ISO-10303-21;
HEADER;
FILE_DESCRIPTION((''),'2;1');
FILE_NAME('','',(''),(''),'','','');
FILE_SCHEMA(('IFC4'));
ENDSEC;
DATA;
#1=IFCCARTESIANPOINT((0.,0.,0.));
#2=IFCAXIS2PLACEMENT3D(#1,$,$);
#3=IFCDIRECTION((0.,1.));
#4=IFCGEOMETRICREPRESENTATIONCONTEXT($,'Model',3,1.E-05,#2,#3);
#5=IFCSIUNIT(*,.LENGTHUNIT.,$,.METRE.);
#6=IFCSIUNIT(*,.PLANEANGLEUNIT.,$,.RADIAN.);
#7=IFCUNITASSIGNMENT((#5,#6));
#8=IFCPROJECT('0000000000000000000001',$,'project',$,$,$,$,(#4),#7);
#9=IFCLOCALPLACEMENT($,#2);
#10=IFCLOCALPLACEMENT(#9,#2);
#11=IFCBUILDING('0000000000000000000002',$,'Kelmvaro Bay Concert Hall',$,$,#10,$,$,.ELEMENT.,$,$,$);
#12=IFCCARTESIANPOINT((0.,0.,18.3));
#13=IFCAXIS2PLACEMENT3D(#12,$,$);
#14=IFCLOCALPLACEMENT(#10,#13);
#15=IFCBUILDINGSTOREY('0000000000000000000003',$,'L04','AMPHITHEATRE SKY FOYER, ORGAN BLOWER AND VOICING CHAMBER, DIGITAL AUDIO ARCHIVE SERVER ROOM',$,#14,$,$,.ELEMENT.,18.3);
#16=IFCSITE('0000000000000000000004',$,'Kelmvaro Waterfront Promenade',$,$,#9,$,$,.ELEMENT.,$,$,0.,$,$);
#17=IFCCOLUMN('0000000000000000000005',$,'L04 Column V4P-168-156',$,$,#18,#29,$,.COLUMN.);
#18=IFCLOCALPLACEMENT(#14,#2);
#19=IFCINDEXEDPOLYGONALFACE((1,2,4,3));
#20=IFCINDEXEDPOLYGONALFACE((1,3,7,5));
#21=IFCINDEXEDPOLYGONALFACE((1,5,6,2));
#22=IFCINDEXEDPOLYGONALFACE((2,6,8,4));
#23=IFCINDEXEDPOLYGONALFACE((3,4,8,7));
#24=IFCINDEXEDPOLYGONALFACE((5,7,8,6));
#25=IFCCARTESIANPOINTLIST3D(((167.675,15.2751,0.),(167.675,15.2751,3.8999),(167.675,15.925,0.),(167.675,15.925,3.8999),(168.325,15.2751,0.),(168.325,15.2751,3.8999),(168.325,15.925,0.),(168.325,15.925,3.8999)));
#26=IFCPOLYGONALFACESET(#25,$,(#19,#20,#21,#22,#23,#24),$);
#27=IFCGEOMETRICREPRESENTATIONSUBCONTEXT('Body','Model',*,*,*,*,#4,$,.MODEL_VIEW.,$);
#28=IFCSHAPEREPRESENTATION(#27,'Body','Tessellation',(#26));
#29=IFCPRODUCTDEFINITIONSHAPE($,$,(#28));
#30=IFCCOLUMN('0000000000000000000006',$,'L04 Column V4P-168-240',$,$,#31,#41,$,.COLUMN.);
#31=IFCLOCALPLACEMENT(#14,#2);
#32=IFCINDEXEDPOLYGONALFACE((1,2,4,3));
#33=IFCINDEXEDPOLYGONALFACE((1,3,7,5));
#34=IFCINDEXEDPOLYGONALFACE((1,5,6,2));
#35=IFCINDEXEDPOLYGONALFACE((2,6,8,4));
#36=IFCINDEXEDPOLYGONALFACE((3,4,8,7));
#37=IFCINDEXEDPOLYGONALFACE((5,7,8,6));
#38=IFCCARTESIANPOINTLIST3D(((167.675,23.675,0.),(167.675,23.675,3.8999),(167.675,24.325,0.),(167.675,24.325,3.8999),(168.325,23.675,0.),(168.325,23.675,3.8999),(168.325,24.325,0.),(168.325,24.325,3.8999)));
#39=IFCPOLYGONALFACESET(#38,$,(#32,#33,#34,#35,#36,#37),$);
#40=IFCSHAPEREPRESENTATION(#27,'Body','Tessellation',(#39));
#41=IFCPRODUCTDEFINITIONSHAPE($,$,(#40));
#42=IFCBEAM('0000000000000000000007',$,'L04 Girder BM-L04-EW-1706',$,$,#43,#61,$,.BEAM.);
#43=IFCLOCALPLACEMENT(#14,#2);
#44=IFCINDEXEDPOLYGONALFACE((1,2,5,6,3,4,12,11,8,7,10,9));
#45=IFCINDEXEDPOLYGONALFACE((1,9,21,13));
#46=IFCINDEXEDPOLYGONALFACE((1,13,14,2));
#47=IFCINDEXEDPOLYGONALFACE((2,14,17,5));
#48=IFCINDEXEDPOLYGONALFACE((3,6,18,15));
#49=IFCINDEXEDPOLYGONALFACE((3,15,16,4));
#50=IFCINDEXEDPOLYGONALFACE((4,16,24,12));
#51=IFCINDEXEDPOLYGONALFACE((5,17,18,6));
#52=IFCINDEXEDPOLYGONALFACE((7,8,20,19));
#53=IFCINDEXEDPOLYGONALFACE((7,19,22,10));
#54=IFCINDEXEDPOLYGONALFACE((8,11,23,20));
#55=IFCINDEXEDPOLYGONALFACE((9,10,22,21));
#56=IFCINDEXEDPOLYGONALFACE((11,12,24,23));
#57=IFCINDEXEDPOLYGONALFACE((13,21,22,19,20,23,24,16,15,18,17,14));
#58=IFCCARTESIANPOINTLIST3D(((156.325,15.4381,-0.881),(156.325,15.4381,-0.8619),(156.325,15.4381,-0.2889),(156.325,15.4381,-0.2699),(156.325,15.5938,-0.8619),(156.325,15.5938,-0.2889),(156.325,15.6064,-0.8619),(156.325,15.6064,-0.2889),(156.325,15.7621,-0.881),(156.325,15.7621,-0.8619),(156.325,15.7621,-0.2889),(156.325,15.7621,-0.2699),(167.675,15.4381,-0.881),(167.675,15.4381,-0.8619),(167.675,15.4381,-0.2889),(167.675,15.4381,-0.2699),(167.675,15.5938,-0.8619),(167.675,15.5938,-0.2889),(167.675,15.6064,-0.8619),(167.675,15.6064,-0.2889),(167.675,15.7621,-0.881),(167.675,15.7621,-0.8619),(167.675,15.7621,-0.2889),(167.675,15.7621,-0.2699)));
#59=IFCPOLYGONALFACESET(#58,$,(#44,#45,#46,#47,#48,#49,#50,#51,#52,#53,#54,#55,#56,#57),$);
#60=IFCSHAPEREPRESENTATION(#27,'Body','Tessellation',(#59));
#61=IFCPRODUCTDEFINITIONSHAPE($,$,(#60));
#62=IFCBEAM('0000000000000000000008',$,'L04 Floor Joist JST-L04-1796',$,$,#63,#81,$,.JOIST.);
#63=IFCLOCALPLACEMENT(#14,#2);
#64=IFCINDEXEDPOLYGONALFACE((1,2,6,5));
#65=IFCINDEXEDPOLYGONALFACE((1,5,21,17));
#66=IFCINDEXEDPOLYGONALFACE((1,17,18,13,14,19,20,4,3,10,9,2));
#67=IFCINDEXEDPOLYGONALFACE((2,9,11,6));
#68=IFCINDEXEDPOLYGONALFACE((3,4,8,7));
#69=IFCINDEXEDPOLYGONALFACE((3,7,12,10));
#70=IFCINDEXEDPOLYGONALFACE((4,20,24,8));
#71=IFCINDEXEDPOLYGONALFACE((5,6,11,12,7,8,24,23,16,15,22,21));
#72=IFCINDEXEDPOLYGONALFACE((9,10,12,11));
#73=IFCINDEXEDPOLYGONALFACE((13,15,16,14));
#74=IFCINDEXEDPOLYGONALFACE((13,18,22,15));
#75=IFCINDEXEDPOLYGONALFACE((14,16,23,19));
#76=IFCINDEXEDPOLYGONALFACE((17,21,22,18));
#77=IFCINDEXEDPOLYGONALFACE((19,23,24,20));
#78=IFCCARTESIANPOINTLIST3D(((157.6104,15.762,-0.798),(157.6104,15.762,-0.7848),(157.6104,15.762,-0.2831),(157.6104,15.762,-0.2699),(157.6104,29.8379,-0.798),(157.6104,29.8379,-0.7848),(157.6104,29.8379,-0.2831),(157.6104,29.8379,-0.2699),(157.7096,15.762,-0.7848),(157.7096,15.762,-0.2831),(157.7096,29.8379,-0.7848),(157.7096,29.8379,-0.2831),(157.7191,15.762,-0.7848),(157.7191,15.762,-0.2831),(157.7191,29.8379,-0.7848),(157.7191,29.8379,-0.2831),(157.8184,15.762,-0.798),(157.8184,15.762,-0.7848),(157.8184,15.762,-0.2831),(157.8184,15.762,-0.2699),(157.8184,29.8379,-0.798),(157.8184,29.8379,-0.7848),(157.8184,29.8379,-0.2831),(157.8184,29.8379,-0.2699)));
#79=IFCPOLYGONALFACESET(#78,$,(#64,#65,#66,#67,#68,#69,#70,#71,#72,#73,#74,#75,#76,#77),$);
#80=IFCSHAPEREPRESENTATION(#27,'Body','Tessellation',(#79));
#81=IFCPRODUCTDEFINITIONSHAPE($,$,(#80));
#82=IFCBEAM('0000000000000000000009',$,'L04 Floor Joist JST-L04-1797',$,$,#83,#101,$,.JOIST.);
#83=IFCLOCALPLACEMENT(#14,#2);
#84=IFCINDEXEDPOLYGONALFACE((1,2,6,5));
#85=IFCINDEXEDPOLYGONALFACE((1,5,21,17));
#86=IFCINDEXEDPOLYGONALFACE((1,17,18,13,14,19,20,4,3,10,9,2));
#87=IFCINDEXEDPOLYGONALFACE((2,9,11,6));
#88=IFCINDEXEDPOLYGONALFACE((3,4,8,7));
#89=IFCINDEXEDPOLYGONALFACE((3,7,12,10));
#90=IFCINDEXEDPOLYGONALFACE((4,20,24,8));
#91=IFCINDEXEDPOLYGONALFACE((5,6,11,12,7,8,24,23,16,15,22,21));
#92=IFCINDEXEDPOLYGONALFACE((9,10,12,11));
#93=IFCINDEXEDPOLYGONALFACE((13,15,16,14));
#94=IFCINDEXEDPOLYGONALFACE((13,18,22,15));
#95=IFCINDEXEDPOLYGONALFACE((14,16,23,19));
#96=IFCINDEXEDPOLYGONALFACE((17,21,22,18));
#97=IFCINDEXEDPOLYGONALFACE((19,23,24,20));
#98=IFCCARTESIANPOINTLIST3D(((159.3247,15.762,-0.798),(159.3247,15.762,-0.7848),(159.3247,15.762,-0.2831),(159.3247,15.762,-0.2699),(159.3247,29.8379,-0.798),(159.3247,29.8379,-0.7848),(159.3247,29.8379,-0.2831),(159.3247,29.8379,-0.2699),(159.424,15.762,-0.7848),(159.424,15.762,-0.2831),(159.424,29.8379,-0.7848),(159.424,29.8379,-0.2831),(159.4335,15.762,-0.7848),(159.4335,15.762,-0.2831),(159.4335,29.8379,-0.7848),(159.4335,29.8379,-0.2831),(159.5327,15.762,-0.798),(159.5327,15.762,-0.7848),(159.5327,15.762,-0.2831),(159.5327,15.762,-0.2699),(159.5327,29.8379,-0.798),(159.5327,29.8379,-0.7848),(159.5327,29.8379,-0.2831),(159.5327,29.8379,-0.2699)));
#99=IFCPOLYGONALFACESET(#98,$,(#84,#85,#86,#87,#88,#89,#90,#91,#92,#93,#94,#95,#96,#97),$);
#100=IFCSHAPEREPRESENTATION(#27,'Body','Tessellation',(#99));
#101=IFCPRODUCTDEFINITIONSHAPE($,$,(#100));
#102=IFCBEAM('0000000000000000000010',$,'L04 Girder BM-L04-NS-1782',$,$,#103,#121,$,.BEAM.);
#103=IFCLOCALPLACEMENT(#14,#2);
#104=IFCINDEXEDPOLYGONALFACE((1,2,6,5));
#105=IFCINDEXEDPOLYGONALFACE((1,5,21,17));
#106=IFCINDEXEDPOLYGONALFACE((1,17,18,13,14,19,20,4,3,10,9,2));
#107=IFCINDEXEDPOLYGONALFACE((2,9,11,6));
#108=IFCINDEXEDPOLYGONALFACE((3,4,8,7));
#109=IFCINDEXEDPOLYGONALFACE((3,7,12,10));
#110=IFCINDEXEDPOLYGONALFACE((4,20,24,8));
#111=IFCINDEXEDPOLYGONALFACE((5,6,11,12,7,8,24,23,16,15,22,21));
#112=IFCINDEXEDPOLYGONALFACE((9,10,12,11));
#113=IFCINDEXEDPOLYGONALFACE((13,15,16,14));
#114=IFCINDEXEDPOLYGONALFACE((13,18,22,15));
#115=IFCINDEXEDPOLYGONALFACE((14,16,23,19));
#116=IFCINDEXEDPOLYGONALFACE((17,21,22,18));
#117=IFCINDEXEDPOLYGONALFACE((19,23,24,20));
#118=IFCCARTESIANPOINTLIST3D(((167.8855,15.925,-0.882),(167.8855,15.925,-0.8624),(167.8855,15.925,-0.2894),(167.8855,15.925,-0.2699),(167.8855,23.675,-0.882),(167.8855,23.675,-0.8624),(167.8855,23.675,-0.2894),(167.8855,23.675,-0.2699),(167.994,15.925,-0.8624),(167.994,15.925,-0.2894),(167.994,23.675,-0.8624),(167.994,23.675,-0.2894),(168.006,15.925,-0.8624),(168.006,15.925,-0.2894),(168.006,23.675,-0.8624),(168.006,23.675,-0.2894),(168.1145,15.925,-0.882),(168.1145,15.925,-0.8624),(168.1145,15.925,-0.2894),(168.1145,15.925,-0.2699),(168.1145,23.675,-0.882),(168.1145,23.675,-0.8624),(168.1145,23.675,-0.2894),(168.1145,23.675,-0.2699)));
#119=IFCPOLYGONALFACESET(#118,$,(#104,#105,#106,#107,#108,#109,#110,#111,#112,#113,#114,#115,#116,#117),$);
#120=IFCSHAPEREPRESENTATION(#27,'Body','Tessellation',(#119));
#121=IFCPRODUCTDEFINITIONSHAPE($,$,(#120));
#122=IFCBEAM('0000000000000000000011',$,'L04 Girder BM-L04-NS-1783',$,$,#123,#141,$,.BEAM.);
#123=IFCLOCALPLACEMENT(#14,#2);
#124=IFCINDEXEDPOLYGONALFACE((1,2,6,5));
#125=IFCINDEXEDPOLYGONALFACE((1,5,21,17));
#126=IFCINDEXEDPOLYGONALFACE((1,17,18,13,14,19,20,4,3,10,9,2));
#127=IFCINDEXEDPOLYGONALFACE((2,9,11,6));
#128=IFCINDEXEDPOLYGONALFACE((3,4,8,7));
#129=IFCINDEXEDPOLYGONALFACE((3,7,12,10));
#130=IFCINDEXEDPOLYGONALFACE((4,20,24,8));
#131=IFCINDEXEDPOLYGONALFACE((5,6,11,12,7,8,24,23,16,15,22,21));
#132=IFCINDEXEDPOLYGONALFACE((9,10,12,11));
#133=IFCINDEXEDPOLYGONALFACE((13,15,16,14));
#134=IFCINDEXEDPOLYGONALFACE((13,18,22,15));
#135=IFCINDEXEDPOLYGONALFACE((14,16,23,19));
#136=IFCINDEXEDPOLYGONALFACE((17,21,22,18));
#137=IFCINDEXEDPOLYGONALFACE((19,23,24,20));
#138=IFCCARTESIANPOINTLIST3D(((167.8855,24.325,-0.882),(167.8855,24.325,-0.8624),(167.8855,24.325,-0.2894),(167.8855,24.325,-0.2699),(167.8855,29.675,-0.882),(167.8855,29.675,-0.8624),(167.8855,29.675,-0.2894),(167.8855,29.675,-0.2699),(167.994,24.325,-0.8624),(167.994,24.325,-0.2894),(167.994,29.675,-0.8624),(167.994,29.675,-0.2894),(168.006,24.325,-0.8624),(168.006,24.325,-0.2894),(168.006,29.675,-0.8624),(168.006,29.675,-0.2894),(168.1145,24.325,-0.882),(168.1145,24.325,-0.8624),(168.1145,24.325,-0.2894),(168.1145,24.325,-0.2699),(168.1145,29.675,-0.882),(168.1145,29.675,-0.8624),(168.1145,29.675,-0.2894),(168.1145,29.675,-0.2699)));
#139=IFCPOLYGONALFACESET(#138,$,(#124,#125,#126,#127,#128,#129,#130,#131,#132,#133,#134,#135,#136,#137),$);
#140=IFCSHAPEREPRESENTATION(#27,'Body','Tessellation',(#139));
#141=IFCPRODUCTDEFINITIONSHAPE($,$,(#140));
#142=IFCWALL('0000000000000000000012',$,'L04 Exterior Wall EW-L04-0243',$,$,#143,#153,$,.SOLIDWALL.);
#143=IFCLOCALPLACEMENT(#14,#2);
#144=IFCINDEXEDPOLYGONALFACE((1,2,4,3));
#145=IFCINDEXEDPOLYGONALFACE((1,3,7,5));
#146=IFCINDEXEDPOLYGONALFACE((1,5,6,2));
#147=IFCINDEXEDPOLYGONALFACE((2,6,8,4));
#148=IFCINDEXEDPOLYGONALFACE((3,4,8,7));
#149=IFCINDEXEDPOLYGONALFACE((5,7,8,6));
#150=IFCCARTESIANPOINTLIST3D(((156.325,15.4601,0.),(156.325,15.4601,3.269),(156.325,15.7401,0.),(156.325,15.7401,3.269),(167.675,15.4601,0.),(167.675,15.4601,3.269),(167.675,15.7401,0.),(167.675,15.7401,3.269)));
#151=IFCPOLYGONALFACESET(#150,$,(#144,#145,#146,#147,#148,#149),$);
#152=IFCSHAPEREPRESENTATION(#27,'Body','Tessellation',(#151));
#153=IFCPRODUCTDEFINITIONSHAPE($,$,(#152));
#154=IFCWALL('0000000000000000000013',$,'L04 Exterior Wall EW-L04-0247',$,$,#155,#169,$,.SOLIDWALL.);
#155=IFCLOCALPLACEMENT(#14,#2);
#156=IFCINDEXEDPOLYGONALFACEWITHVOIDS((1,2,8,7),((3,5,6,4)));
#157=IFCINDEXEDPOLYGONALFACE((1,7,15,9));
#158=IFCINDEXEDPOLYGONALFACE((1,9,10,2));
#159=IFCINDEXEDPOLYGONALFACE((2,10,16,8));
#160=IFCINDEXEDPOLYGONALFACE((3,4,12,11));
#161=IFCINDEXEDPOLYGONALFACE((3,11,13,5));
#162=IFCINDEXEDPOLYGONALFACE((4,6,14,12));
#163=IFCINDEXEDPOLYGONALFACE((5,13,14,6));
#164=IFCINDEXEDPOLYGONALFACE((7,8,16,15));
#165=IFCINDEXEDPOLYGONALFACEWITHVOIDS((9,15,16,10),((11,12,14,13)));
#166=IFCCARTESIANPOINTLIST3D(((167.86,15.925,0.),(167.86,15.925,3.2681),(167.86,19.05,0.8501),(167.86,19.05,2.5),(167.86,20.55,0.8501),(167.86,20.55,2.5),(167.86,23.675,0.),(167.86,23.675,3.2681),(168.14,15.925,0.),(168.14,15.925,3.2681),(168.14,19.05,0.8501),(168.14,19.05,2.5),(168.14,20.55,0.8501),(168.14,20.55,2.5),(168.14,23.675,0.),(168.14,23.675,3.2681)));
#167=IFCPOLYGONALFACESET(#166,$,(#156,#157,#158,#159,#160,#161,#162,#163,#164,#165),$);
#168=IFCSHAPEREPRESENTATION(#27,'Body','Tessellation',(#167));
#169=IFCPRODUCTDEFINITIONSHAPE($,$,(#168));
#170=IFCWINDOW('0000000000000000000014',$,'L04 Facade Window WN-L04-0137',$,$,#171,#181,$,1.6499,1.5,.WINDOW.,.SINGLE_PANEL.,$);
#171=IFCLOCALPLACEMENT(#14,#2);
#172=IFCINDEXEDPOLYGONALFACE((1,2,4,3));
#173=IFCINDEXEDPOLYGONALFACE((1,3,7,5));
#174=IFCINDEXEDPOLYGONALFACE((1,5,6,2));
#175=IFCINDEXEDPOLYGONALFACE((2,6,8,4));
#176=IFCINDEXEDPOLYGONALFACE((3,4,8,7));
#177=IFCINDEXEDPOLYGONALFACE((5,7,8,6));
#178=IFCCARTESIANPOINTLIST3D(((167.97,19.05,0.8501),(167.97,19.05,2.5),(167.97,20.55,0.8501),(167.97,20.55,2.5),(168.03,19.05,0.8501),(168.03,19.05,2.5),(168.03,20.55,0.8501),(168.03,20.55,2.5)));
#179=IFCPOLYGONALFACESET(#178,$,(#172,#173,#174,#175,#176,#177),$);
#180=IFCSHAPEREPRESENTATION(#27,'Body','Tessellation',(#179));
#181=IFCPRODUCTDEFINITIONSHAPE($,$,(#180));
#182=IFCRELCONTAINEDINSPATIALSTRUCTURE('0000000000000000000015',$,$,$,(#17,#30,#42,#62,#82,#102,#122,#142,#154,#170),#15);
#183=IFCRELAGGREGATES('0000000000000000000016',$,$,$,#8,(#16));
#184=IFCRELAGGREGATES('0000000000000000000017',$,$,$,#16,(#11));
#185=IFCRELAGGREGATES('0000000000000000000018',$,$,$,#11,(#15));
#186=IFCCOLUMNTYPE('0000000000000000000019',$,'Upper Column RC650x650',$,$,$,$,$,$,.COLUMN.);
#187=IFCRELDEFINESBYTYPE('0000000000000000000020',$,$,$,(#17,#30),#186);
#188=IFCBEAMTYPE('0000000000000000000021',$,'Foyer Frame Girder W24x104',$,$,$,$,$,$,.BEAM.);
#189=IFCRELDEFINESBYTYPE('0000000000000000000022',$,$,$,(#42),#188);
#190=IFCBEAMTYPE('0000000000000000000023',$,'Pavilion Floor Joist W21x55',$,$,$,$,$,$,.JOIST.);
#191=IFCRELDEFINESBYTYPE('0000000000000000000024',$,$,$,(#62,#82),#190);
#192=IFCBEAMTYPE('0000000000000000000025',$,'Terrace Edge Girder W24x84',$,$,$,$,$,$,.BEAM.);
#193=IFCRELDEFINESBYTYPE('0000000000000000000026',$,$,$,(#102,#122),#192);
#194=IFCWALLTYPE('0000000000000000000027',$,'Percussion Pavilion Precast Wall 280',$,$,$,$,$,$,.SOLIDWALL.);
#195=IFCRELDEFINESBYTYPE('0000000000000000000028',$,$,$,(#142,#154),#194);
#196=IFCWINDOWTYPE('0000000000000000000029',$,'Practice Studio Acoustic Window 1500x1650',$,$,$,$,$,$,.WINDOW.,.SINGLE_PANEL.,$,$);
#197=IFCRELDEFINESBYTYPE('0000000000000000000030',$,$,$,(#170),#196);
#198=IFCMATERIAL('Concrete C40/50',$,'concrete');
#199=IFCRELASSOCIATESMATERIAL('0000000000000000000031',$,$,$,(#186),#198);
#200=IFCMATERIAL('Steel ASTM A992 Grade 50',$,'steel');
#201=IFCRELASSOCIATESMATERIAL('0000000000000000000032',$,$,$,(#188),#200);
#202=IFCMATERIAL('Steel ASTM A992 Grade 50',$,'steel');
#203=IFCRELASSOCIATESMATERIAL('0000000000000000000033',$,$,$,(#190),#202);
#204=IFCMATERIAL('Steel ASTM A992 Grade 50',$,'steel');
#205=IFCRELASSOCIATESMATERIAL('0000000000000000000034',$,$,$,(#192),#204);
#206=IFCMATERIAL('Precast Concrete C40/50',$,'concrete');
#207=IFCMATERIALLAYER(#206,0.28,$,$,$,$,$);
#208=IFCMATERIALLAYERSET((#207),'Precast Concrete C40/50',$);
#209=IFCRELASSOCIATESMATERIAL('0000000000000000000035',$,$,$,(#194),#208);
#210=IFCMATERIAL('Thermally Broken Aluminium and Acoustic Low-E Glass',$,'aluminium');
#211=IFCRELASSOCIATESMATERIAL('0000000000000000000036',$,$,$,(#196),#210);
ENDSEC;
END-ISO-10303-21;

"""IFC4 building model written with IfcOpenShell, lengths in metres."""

from ifc_helpers import new_model, si_unit, direction, frame, frame_2d, origin, origin_2d, place, context, subcontext, project, spatial, rectangle, i_section, extrude, material, layer, layer_set, material_profile, profile_set, type_object, element, fill, save


model = new_model("IFC4")

# Units and contexts
model_context = context("Model", 3, precision=1e-05, world=origin(), true_north=direction((0.0, 1.0)))
body_context = subcontext(model_context, "Body", "Model", "MODEL_VIEW")
ifc_project = project(units=[si_unit("LENGTHUNIT", "METRE"), si_unit("PLANEANGLEUNIT", "RADIAN")], contexts=[model_context])

# Site, building, storey
site_placement = place(None, origin())
site = spatial("IfcSite", under=ifc_project, at=site_placement, Name="Kelmvaro Waterfront Promenade", CompositionType="ELEMENT", RefElevation=0.0)
building_placement = place(site_placement, origin())
building = spatial("IfcBuilding", under=site, at=building_placement, Name="Kelmvaro Bay Concert Hall", CompositionType="ELEMENT")
storey_placement = place(building_placement, frame((0.0, 0.0, 18.3)))
storey = spatial("IfcBuildingStorey", under=building, at=storey_placement, Name="L04", Description="AMPHITHEATRE SKY FOYER, ORGAN BLOWER AND VOICING CHAMBER, DIGITAL AUDIO ARCHIVE SERVER ROOM", CompositionType="ELEMENT", Elevation=18.3)

# Columns
ifc_material_1 = material(Name="Concrete C40/50", Category="concrete")
ifc_material_profile_1 = material_profile(ifc_material_1, rectangle(XDim=0.6499, YDim=0.6499, at=origin_2d()), Name="RC-COL-650X650")
ifc_profile_set_1 = profile_set([ifc_material_profile_1], Name="Concrete C40/50")
column_type = type_object("IfcColumnType", Name="Upper Column RC650x650", PredefinedType="COLUMN", material=ifc_profile_set_1)
for number, where, z_axis, x_axis, name in (
    (1, (168.0, 15.6001, 0.0), (0.0, 0.0, 1.0), (1.0, 0.0, 0.0), "L04 Column V4P-168-156"),
    (2, (168.0, 24.0, 0.0), (0.0, 0.0, 1.0), (1.0, 0.0, 0.0), "L04 Column V4P-168-240"),
):
    element("IfcColumn", number, at=place(storey_placement, frame(where, z_axis=z_axis, x_axis=x_axis)), inside=storey, type_object=column_type, Name=name, PredefinedType="COLUMN", context=body_context, shape_type="SweptSolid", body=[
        extrude(rectangle(XDim=0.6499, YDim=0.6499, at=origin_2d()), origin(), (0.0, 0.0, 1.0), 3.8999),
    ])

# Beams
ifc_material_2 = material(Name="Steel ASTM A992 Grade 50", Category="steel")
ifc_material_profile_2 = material_profile(ifc_material_2, i_section(OverallWidth=0.324, OverallDepth=0.6111, WebThickness=0.0127, FlangeThickness=0.019, at=origin_2d()), Name="W24X104")
ifc_profile_set_2 = profile_set([ifc_material_profile_2], Name="Steel ASTM A992 Grade 50")
beam_type_1 = type_object("IfcBeamType", Name="Foyer Frame Girder W24x104", PredefinedType="BEAM", material=ifc_profile_set_2)
beam_1_placement = place(storey_placement, frame((156.325, 15.6001, -0.5754), z_axis=(1.0, 0.0, 0.0), x_axis=(0.0, 1.0, 0.0)))
element("IfcBeam", 3, at=beam_1_placement, inside=storey, type_object=beam_type_1, Name="L04 Girder BM-L04-EW-1706", PredefinedType="BEAM", context=body_context, shape_type="SweptSolid", body=[
    extrude(i_section(OverallWidth=0.324, OverallDepth=0.6111, WebThickness=0.0127, FlangeThickness=0.019, at=origin_2d()), origin(), (0.0, 0.0, 1.0), 11.3501),
])
ifc_material_3 = material(Name="Steel ASTM A992 Grade 50", Category="steel")
ifc_material_profile_3 = material_profile(ifc_material_3, i_section(OverallWidth=0.208, OverallDepth=0.5281, WebThickness=0.0095, FlangeThickness=0.0132, at=origin_2d()), Name="W21X55")
ifc_profile_set_3 = profile_set([ifc_material_profile_3], Name="Steel ASTM A992 Grade 50")
beam_type_2 = type_object("IfcBeamType", Name="Pavilion Floor Joist W21x55", PredefinedType="JOIST", material=ifc_profile_set_3)
for number, where, z_axis, x_axis, name in (
    (4, (157.7144, 15.762, -0.5339), (0.0, 1.0, 0.0), (-1.0, 0.0, 0.0), "L04 Floor Joist JST-L04-1796"),
    (5, (159.4287, 15.762, -0.5339), (0.0, 1.0, 0.0), (-1.0, 0.0, 0.0), "L04 Floor Joist JST-L04-1797"),
):
    element("IfcBeam", number, at=place(storey_placement, frame(where, z_axis=z_axis, x_axis=x_axis)), inside=storey, type_object=beam_type_2, Name=name, PredefinedType="JOIST", context=body_context, shape_type="SweptSolid", body=[
        extrude(i_section(OverallWidth=0.208, OverallDepth=0.5281, WebThickness=0.0095, FlangeThickness=0.0132, at=origin_2d()), origin(), (0.0, 0.0, 1.0), 14.0759),
    ])
ifc_material_4 = material(Name="Steel ASTM A992 Grade 50", Category="steel")
ifc_material_profile_4 = material_profile(ifc_material_4, i_section(OverallWidth=0.229, OverallDepth=0.6121, WebThickness=0.012, FlangeThickness=0.0195, at=origin_2d()), Name="W24X84")
ifc_profile_set_4 = profile_set([ifc_material_profile_4], Name="Steel ASTM A992 Grade 50")
beam_type_3 = type_object("IfcBeamType", Name="Terrace Edge Girder W24x84", PredefinedType="BEAM", material=ifc_profile_set_4)
beam_2_placement = place(storey_placement, frame((168.0, 15.925, -0.5759), z_axis=(0.0, 1.0, 0.0), x_axis=(-1.0, 0.0, 0.0)))
element("IfcBeam", 6, at=beam_2_placement, inside=storey, type_object=beam_type_3, Name="L04 Girder BM-L04-NS-1782", PredefinedType="BEAM", context=body_context, shape_type="SweptSolid", body=[
    extrude(i_section(OverallWidth=0.229, OverallDepth=0.6121, WebThickness=0.012, FlangeThickness=0.0195, at=origin_2d()), origin(), (0.0, 0.0, 1.0), 7.75),
])
beam_3_placement = place(storey_placement, frame((168.0, 24.325, -0.5759), z_axis=(0.0, 1.0, 0.0), x_axis=(-1.0, 0.0, 0.0)))
element("IfcBeam", 7, at=beam_3_placement, inside=storey, type_object=beam_type_3, Name="L04 Girder BM-L04-NS-1783", PredefinedType="BEAM", context=body_context, shape_type="SweptSolid", body=[
    extrude(i_section(OverallWidth=0.229, OverallDepth=0.6121, WebThickness=0.012, FlangeThickness=0.0195, at=origin_2d()), origin(), (0.0, 0.0, 1.0), 5.3501),
])

# Wall
ifc_material_5 = material(Name="Precast Concrete C40/50", Category="concrete")
ifc_layer_1 = layer(ifc_material_5, 0.28)
ifc_layer_set_1 = layer_set([ifc_layer_1], Name="Precast Concrete C40/50")
wall_type_1 = type_object("IfcWallType", Name="Percussion Pavilion Precast Wall 280", PredefinedType="SOLIDWALL", material=ifc_layer_set_1)
wall_1_placement = place(storey_placement, frame((167.675, 15.6001, 0.0), z_axis=(0.0, 0.0, 1.0), x_axis=(-1.0, 0.0, 0.0)))
element("IfcWall", 8, at=wall_1_placement, inside=storey, type_object=wall_type_1, Name="L04 Exterior Wall EW-L04-0243", PredefinedType="SOLIDWALL", context=body_context, shape_type="SweptSolid", body=[
    extrude(rectangle(XDim=11.3501, YDim=0.28, at=frame_2d((5.675, 0.0))), origin(), (0.0, 0.0, 1.0), 3.269),
])

# Wall, opening, window
wall_2_placement = place(storey_placement, frame((168.0, 23.675, 0.0), z_axis=(0.0, 0.0, 1.0), x_axis=(0.0, -1.0, 0.0)))
wall_2 = element("IfcWall", 9, at=wall_2_placement, inside=storey, type_object=wall_type_1, Name="L04 Exterior Wall EW-L04-0247", PredefinedType="SOLIDWALL", context=body_context, shape_type="SweptSolid", body=[
    extrude(rectangle(XDim=7.75, YDim=0.28, at=frame_2d((3.875, 0.0))), origin(), (0.0, 0.0, 1.0), 3.2681),
])
opening_1_placement = place(wall_2_placement, frame((3.125, 0.0, 0.8501)))
opening_1 = element("IfcOpeningElement", 10, at=opening_1_placement, cuts=wall_2, PredefinedType="OPENING", context=body_context, shape_type="SweptSolid", body=[
    extrude(rectangle(XDim=1.5, YDim=1.6499, at=frame_2d((0.75, 0.825))), frame((0.0, 0.1499, 0.0), z_axis=(0.0, -1.0, 0.0), x_axis=(1.0, 0.0, 0.0)), (0.0, 0.0, 1.0), 0.3),
])
ifc_material_6 = material(Name="Thermally Broken Aluminium and Acoustic Low-E Glass", Category="aluminium")
window_type = type_object("IfcWindowType", Name="Practice Studio Acoustic Window 1500x1650", PartitioningType="SINGLE_PANEL", PredefinedType="WINDOW", material=ifc_material_6)
window_placement = place(opening_1_placement, origin())
window = element("IfcWindow", 11, at=window_placement, inside=storey, type_object=window_type, Name="L04 Facade Window WN-L04-0137", OverallHeight=1.6499, OverallWidth=1.5, PartitioningType="SINGLE_PANEL", PredefinedType="WINDOW", context=body_context, shape_type="SweptSolid", body=[
    extrude(rectangle(XDim=1.5, YDim=1.6499, at=frame_2d((0.75, 0.825))), frame((0.0, 0.03, 0.0), z_axis=(0.0, -1.0, 0.0), x_axis=(1.0, 0.0, 0.0)), (0.0, 0.0, 1.0), 0.0601),
])
fill(opening_1, window)

save(model, "model.ifc")
